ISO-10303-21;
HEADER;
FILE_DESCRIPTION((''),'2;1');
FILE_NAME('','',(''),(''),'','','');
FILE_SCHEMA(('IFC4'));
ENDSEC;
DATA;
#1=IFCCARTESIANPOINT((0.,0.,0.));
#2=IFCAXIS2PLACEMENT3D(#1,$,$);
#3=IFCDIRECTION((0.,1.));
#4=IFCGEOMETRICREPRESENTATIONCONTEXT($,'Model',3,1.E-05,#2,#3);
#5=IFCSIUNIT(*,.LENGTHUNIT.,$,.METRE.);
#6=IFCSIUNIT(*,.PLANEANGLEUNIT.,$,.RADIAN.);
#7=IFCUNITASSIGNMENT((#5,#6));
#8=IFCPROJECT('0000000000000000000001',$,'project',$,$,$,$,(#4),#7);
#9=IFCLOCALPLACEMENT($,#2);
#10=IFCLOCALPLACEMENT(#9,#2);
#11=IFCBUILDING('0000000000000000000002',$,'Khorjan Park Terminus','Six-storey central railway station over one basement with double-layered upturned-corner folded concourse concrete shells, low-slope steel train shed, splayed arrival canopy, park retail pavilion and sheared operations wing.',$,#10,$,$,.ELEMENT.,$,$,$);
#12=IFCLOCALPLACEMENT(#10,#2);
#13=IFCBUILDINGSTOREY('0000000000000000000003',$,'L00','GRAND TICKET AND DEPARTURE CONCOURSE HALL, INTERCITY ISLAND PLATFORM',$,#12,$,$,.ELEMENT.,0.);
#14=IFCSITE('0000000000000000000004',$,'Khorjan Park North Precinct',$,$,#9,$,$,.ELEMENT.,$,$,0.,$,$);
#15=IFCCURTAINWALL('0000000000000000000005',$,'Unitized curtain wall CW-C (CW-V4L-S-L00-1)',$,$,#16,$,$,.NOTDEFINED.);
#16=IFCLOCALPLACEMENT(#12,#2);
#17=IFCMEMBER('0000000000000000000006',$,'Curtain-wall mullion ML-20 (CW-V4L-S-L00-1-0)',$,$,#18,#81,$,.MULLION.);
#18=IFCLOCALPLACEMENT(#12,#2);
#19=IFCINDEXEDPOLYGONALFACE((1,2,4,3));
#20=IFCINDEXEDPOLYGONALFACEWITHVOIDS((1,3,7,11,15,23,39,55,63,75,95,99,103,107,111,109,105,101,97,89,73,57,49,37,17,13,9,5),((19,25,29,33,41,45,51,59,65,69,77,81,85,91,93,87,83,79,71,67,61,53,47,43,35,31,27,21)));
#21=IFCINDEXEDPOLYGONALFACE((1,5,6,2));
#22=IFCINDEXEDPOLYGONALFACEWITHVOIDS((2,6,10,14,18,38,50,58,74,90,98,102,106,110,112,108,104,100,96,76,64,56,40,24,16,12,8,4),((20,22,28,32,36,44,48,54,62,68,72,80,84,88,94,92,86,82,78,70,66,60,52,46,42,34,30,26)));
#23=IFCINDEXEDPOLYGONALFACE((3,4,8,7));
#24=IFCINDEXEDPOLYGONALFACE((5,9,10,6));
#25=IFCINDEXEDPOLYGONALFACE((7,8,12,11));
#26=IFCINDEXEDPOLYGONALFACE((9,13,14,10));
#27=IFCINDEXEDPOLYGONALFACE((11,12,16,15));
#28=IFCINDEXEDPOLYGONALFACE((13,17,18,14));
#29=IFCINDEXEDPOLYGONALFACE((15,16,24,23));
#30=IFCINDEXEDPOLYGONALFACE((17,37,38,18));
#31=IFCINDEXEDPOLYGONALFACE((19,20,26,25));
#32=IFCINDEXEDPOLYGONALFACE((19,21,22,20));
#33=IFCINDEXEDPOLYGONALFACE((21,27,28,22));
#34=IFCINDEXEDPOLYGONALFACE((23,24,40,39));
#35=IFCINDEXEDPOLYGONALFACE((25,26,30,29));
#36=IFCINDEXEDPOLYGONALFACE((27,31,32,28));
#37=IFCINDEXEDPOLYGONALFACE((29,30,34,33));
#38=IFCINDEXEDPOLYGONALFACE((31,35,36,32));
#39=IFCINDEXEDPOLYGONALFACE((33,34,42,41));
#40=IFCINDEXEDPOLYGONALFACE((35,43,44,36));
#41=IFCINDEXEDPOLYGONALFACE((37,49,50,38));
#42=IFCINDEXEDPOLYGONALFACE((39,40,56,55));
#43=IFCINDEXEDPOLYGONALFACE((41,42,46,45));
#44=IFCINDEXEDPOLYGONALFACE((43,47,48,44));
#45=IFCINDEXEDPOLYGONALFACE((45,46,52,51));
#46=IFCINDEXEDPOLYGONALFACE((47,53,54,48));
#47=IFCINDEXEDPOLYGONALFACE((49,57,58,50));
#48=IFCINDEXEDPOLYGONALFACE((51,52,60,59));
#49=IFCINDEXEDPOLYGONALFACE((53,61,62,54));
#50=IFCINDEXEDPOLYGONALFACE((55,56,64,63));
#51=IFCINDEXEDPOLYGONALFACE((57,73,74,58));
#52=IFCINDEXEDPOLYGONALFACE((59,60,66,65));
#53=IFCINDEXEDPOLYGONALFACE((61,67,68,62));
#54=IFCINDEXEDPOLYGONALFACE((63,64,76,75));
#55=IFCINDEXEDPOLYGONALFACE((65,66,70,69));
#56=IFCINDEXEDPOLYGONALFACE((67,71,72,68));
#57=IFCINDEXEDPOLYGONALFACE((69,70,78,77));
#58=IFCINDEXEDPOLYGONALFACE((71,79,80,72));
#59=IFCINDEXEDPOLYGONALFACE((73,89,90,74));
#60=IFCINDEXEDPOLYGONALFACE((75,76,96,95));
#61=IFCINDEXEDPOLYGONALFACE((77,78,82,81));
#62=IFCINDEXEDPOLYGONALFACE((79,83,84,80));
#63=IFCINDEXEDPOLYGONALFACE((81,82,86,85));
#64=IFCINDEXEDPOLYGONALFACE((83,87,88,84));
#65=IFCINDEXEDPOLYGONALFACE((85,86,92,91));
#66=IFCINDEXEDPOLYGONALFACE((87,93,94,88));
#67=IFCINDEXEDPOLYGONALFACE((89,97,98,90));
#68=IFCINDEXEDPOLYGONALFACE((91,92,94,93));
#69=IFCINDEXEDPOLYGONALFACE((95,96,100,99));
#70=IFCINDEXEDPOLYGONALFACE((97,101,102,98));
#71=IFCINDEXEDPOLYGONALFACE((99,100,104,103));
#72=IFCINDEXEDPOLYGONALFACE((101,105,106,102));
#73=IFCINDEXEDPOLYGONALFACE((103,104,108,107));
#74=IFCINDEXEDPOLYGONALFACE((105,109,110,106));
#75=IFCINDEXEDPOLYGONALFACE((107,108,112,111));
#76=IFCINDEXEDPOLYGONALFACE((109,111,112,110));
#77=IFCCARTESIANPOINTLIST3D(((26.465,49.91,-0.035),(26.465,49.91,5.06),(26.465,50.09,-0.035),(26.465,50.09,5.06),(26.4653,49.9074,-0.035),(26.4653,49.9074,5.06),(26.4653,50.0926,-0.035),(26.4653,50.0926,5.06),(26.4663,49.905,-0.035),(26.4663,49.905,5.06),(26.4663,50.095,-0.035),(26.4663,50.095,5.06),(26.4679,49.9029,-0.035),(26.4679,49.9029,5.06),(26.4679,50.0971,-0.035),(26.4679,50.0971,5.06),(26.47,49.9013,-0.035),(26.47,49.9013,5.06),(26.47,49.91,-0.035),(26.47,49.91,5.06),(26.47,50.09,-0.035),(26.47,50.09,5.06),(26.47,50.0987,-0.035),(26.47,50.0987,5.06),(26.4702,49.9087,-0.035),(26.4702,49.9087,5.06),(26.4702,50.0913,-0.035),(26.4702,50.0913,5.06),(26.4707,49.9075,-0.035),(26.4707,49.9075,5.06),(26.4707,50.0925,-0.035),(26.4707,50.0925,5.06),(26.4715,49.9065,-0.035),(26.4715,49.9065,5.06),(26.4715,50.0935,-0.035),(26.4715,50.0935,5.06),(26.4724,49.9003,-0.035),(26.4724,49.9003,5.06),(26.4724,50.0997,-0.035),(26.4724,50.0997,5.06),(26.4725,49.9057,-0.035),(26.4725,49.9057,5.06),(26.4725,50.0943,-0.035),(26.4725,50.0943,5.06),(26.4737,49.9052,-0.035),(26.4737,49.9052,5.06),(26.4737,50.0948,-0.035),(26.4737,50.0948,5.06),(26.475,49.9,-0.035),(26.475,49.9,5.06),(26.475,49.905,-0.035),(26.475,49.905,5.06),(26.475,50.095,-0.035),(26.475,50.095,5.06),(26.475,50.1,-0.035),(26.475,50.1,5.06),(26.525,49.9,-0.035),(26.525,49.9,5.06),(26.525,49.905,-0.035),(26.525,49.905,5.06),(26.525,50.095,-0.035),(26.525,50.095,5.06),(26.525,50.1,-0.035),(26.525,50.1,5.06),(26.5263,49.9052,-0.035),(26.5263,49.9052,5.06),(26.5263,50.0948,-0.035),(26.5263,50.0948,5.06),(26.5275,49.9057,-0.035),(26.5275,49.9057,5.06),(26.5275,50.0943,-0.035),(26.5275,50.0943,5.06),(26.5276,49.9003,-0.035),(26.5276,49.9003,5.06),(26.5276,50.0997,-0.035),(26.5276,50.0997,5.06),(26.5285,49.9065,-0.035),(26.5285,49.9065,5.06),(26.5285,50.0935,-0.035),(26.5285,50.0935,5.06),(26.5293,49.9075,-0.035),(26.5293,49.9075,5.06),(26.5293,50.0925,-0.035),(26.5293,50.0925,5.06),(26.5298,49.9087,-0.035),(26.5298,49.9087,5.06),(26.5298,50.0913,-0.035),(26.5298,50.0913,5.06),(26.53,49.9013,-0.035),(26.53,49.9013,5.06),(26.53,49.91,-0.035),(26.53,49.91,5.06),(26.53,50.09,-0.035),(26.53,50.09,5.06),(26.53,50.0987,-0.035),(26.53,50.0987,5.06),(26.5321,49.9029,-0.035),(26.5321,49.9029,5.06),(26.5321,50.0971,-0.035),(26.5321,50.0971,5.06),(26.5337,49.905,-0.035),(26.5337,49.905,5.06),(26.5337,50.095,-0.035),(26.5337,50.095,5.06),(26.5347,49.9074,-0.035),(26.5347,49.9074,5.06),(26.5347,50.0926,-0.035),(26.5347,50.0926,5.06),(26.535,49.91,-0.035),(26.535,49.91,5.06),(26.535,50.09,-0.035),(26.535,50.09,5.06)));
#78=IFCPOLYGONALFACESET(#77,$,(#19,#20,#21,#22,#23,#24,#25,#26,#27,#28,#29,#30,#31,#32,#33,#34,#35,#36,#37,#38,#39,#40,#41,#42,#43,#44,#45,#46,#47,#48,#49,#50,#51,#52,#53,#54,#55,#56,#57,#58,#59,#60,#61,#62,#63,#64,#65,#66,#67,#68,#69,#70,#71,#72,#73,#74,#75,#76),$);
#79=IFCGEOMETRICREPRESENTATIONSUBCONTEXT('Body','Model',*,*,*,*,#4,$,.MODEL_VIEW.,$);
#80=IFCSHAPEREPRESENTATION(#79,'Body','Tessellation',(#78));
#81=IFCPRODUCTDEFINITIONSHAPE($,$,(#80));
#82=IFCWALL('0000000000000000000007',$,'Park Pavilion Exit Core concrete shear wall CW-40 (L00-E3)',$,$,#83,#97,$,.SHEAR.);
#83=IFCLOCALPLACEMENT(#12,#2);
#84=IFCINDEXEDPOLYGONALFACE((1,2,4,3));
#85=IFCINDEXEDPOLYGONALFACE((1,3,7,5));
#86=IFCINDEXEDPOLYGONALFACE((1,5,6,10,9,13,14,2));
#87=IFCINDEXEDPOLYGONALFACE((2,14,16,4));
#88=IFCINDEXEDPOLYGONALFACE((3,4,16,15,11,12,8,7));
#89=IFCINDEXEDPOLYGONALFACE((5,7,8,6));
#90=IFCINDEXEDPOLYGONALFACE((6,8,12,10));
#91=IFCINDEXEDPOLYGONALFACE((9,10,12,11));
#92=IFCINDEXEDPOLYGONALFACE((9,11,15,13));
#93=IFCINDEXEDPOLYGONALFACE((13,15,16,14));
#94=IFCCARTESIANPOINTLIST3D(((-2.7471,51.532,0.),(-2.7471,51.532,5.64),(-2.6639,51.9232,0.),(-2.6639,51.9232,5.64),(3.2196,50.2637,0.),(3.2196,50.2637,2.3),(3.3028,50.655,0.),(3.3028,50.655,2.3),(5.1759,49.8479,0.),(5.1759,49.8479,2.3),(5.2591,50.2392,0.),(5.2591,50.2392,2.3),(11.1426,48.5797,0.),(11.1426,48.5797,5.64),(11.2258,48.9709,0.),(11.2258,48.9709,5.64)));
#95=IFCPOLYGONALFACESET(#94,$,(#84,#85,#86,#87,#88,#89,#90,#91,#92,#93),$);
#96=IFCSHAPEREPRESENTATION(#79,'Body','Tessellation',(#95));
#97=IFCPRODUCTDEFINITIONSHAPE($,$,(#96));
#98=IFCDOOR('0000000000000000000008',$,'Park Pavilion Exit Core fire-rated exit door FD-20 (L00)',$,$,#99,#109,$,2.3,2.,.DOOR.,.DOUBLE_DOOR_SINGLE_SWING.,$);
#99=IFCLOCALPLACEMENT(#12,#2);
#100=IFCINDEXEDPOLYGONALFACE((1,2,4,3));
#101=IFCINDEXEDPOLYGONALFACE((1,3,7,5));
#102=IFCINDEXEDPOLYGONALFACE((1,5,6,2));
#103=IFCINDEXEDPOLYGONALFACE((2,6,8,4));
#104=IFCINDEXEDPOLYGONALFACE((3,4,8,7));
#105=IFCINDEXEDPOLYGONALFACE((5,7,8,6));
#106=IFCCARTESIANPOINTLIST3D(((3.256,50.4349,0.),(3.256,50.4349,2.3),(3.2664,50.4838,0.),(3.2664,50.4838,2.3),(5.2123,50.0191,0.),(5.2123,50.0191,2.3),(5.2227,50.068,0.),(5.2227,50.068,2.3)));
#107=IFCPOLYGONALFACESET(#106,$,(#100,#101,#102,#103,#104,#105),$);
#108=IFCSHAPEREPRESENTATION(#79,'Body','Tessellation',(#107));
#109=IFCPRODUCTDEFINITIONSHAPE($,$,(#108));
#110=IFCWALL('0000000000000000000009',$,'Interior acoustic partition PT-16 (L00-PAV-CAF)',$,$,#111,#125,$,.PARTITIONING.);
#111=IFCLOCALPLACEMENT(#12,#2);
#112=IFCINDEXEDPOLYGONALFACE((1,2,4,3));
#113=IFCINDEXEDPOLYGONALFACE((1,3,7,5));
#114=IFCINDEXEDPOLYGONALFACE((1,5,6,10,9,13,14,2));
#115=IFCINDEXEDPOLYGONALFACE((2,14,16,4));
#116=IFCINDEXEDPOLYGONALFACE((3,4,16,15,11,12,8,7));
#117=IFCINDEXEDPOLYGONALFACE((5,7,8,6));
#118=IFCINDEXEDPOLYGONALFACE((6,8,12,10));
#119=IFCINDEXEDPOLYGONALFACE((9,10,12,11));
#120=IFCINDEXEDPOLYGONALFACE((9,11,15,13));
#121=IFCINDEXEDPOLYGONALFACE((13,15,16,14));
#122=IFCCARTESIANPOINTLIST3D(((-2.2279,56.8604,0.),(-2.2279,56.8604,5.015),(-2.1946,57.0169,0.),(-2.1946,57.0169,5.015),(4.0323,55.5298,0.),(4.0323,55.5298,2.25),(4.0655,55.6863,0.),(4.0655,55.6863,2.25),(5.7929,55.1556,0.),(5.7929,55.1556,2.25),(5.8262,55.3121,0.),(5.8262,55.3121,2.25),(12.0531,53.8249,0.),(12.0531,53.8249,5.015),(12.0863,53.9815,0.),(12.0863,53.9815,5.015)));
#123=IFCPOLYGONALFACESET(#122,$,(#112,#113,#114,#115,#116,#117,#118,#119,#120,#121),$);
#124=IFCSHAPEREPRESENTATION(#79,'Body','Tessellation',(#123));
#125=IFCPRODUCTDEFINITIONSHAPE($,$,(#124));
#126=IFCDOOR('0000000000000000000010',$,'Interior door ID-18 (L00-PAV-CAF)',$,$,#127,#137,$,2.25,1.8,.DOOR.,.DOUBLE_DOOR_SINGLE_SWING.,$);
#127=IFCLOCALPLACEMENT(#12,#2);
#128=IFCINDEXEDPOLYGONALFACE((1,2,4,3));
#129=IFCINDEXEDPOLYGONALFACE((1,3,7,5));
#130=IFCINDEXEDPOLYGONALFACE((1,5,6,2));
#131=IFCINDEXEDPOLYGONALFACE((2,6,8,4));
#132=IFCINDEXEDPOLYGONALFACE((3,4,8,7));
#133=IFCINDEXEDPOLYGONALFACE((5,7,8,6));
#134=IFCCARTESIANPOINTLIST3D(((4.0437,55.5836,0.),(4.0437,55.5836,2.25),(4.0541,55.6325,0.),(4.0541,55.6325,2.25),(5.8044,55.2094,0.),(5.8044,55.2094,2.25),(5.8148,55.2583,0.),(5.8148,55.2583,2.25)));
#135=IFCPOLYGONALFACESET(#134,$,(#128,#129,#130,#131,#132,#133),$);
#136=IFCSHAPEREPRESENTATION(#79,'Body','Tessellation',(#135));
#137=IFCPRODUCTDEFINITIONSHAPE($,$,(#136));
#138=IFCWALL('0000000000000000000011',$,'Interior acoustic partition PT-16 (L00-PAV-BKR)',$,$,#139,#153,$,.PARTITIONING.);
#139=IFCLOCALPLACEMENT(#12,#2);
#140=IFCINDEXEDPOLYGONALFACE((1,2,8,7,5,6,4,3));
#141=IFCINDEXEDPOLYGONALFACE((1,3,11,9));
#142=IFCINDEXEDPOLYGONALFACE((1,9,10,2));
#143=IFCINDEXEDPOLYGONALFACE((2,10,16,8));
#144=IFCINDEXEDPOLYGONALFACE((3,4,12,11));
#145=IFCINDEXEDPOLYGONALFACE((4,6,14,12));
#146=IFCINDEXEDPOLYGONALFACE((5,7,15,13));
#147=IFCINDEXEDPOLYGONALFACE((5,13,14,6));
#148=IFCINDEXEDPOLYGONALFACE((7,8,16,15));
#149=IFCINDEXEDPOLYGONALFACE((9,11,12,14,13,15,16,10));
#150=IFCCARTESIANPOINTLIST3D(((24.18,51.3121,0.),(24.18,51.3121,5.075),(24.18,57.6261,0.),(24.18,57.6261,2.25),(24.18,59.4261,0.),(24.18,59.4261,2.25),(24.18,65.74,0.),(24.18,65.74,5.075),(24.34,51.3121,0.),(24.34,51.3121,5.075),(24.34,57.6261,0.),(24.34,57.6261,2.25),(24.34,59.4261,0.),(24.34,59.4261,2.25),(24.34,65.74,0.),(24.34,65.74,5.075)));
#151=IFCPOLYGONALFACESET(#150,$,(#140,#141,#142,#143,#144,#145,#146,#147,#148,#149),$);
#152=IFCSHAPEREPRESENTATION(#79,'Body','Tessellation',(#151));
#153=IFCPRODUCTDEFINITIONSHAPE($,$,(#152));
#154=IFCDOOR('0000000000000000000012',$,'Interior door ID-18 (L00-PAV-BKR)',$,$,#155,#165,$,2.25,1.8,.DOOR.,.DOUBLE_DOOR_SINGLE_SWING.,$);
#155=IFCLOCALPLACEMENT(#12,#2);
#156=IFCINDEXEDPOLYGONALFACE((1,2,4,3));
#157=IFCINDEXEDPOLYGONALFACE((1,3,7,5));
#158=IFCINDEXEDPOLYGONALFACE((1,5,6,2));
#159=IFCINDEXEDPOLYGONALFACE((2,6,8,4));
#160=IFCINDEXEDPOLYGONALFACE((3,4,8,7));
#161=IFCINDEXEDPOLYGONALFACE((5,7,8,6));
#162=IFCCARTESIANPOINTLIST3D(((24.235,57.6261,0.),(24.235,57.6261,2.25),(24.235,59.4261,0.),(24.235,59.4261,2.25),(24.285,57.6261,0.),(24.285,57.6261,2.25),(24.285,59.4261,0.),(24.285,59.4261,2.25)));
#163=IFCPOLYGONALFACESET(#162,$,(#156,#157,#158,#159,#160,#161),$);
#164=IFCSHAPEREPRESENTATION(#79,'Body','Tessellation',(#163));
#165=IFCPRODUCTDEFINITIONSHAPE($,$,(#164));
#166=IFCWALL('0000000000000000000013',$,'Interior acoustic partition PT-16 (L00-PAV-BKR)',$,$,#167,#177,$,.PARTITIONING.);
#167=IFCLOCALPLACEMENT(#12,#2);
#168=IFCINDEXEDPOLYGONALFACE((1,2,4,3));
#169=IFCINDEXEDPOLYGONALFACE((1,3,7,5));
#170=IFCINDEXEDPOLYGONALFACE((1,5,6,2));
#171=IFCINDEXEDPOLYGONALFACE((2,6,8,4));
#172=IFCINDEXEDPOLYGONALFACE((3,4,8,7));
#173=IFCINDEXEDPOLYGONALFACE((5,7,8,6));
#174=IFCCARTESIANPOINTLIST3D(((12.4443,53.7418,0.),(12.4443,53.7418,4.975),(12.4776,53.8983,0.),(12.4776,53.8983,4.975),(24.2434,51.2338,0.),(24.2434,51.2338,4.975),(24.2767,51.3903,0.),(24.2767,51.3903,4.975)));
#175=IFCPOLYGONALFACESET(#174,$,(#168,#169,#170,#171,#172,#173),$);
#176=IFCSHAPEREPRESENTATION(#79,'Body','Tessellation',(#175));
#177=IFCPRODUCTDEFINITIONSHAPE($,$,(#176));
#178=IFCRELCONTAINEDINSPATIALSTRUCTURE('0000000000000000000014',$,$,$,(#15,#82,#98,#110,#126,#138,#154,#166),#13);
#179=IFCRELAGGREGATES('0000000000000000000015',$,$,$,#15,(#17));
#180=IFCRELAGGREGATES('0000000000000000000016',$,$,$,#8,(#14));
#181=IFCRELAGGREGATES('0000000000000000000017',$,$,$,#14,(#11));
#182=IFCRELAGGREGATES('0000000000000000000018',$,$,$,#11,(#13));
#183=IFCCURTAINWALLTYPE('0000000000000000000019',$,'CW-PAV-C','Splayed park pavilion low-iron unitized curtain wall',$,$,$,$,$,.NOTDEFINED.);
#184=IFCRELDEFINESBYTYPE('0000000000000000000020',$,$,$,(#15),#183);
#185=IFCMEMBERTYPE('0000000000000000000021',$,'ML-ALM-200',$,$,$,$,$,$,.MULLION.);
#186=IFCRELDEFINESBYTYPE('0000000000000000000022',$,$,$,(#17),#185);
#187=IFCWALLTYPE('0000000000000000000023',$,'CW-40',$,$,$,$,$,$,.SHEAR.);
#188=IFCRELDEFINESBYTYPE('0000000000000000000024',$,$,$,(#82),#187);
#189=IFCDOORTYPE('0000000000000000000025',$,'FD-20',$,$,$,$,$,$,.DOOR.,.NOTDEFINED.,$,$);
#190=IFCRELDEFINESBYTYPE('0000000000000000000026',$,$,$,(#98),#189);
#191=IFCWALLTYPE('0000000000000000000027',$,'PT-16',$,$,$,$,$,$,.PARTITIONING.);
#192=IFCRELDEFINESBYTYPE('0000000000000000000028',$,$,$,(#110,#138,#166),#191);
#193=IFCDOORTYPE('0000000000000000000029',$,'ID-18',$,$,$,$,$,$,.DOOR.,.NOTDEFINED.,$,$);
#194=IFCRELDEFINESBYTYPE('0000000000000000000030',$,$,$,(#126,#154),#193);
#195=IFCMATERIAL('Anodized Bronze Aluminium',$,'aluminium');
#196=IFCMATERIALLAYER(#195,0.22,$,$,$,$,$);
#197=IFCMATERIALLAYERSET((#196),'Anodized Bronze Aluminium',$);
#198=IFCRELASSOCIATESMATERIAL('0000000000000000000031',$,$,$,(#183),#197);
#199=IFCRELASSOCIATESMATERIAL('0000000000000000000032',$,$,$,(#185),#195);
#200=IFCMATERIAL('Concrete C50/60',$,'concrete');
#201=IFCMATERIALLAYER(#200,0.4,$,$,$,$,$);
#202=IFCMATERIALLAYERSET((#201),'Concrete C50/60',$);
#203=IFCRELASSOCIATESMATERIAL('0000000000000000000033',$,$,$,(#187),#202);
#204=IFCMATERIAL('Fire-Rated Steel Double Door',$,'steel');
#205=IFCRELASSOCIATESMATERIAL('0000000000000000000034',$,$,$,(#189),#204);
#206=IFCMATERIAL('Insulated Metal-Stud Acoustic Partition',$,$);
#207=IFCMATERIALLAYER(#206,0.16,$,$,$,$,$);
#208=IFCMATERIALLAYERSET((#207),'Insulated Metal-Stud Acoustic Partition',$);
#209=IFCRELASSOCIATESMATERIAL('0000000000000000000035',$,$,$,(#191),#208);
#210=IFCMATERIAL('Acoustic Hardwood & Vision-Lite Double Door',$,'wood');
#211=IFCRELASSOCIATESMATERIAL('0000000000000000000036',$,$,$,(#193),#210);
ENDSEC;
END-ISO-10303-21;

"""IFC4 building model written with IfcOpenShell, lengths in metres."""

from ifc_helpers import new_model, si_unit, direction, frame, frame_2d, origin, origin_2d, place, context, subcontext, project, spatial, rectangle, hollow_rectangle, extrude, material, layer, layer_set, material_profile, profile_set, type_object, element, fill, aggregate, save


model = new_model("IFC4")

# Units and contexts
model_context = context("Model", 3, precision=1e-05, world=origin(), true_north=direction((0.0, 1.0)))
body_context = subcontext(model_context, "Body", "Model", "MODEL_VIEW")
ifc_project = project(units=[si_unit("LENGTHUNIT", "METRE"), si_unit("PLANEANGLEUNIT", "RADIAN")], contexts=[model_context])

# Site, building, storey
site_placement = place(None, origin())
site = spatial("IfcSite", under=ifc_project, at=site_placement, Name="Khorjan Park North Precinct", CompositionType="ELEMENT", RefElevation=0.0)
building_placement = place(site_placement, origin())
building = spatial("IfcBuilding", under=site, at=building_placement, Name="Khorjan Park Terminus", Description="Six-storey central railway station over one basement with double-layered upturned-corner folded concourse concrete shells, low-slope steel train shed, splayed arrival canopy, park retail pavilion and sheared operations wing.", CompositionType="ELEMENT")
storey_placement = place(building_placement, origin())
storey = spatial("IfcBuildingStorey", under=building, at=storey_placement, Name="L00", Description="GRAND TICKET AND DEPARTURE CONCOURSE HALL, INTERCITY ISLAND PLATFORM", CompositionType="ELEMENT", Elevation=0.0)

# Curtain wall, member
ifc_material_1 = material(Name="Anodized Bronze Aluminium", Category="aluminium")
ifc_layer_1 = layer(ifc_material_1, 0.22)
ifc_layer_set_1 = layer_set([ifc_layer_1], Name="Anodized Bronze Aluminium")
curtain_wall_type = type_object("IfcCurtainWallType", Name="CW-PAV-C", Description="Splayed park pavilion low-iron unitized curtain wall", PredefinedType="NOTDEFINED", material=ifc_layer_set_1)
curtain_wall_placement = place(storey_placement, origin())
curtain_wall = element("IfcCurtainWall", 1, at=curtain_wall_placement, inside=storey, type_object=curtain_wall_type, Name="Unitized curtain wall CW-C (CW-V4L-S-L00-1)", PredefinedType="NOTDEFINED")
ifc_material_profile_1 = material_profile(ifc_material_1, hollow_rectangle(XDim=0.07, YDim=0.2, WallThickness=0.005, InnerFilletRadius=0.005, OuterFilletRadius=0.01, at=origin_2d()), Name="ALM 70x200x5")
ifc_profile_set_1 = profile_set([ifc_material_profile_1], Name="Anodized Bronze Aluminium")
member_type = type_object("IfcMemberType", Name="ML-ALM-200", PredefinedType="MULLION", material=ifc_profile_set_1)
member_placement = place(storey_placement, frame((26.5, 50.0, -0.035), z_axis=(0.0, 0.0, 1.0), x_axis=(1.0, 0.0, 0.0)))
member = element("IfcMember", 2, at=member_placement, type_object=member_type, Name="Curtain-wall mullion ML-20 (CW-V4L-S-L00-1-0)", PredefinedType="MULLION", context=body_context, shape_type="SweptSolid", body=[
    extrude(hollow_rectangle(XDim=0.07, YDim=0.2, WallThickness=0.005, InnerFilletRadius=0.005, OuterFilletRadius=0.01, at=origin_2d()), origin(), (0.0, 0.0, 1.0), 5.095),
])
aggregate(curtain_wall, [member])

# Walls, openings, doors
ifc_material_2 = material(Name="Concrete C50/60", Category="concrete")
ifc_layer_2 = layer(ifc_material_2, 0.4)
ifc_layer_set_2 = layer_set([ifc_layer_2], Name="Concrete C50/60")
wall_type_1 = type_object("IfcWallType", Name="CW-40", PredefinedType="SHEAR", material=ifc_layer_set_2)
wall_1_placement = place(storey_placement, frame((11.1842, 48.7753, 0.0), z_axis=(0.0, 0.0, 1.0), x_axis=(-0.978148, 0.207909, 0.0)))
wall_1 = element("IfcWall", 3, at=wall_1_placement, inside=storey, type_object=wall_type_1, Name="Park Pavilion Exit Core concrete shear wall CW-40 (L00-E3)", PredefinedType="SHEAR", context=body_context, shape_type="SweptSolid", body=[
    extrude(rectangle(XDim=14.2, YDim=0.4, at=frame_2d((7.1, 0.0))), origin(), (0.0, 0.0, 1.0), 5.64),
])
opening_1_placement = place(wall_1_placement, frame((6.1, 0.0, 0.0)))
opening_1 = element("IfcOpeningElement", 4, at=opening_1_placement, cuts=wall_1, PredefinedType="OPENING", context=body_context, shape_type="SweptSolid", body=[
    extrude(rectangle(XDim=2.0, YDim=2.3, at=frame_2d((1.0, 1.15))), frame((0.0, 0.21, 0.0), z_axis=(0.0, -1.0, 0.0), x_axis=(1.0, 0.0, 0.0)), (0.0, 0.0, 1.0), 0.42),
])
ifc_material_3 = material(Name="Fire-Rated Steel Double Door", Category="steel")
door_type_1 = type_object("IfcDoorType", Name="FD-20", OperationType="NOTDEFINED", PredefinedType="DOOR", material=ifc_material_3)
door_1_placement = place(opening_1_placement, origin())
door_1 = element("IfcDoor", 5, at=door_1_placement, inside=storey, type_object=door_type_1, Name="Park Pavilion Exit Core fire-rated exit door FD-20 (L00)", OperationType="DOUBLE_DOOR_SINGLE_SWING", OverallHeight=2.3, OverallWidth=2.0, PredefinedType="DOOR", context=body_context, shape_type="SweptSolid", body=[
    extrude(rectangle(XDim=2.0, YDim=2.3, at=frame_2d((1.0, 1.15))), frame((0.0, 0.025, 0.0), z_axis=(0.0, -1.0, 0.0), x_axis=(1.0, 0.0, 0.0)), (0.0, 0.0, 1.0), 0.05),
])
fill(opening_1, door_1)
ifc_material_4 = material(Name="Insulated Metal-Stud Acoustic Partition")
ifc_layer_3 = layer(ifc_material_4, 0.16)
ifc_layer_set_3 = layer_set([ifc_layer_3], Name="Insulated Metal-Stud Acoustic Partition")
wall_type_2 = type_object("IfcWallType", Name="PT-16", PredefinedType="PARTITIONING", material=ifc_layer_set_3)
wall_2_placement = place(storey_placement, frame((12.0697, 53.9032, 0.0), z_axis=(0.0, 0.0, 1.0), x_axis=(-0.978148, 0.20791, 0.0)))
wall_2 = element("IfcWall", 6, at=wall_2_placement, inside=storey, type_object=wall_type_2, Name="Interior acoustic partition PT-16 (L00-PAV-CAF)", PredefinedType="PARTITIONING", context=body_context, shape_type="SweptSolid", body=[
    extrude(rectangle(XDim=14.6, YDim=0.16, at=frame_2d((7.3, 0.0))), origin(), (0.0, 0.0, 1.0), 5.015),
])
opening_2_placement = place(wall_2_placement, frame((6.4, 0.0, 0.0)))
opening_2 = element("IfcOpeningElement", 7, at=opening_2_placement, cuts=wall_2, PredefinedType="OPENING", context=body_context, shape_type="SweptSolid", body=[
    extrude(rectangle(XDim=1.8, YDim=2.25, at=frame_2d((0.9, 1.125))), frame((0.0, 0.09, 0.0), z_axis=(0.0, -1.0, 0.0), x_axis=(1.0, 0.0, 0.0)), (0.0, 0.0, 1.0), 0.18),
])
ifc_material_5 = material(Name="Acoustic Hardwood & Vision-Lite Double Door", Category="wood")
door_type_2 = type_object("IfcDoorType", Name="ID-18", OperationType="NOTDEFINED", PredefinedType="DOOR", material=ifc_material_5)
door_2_placement = place(opening_2_placement, origin())
door_2 = element("IfcDoor", 8, at=door_2_placement, inside=storey, type_object=door_type_2, Name="Interior door ID-18 (L00-PAV-CAF)", OperationType="DOUBLE_DOOR_SINGLE_SWING", OverallHeight=2.25, OverallWidth=1.8, PredefinedType="DOOR", context=body_context, shape_type="SweptSolid", body=[
    extrude(rectangle(XDim=1.8, YDim=2.25, at=frame_2d((0.9, 1.125))), frame((0.0, 0.025, 0.0), z_axis=(0.0, -1.0, 0.0), x_axis=(1.0, 0.0, 0.0)), (0.0, 0.0, 1.0), 0.05),
])
fill(opening_2, door_2)
wall_3_placement = place(storey_placement, frame((24.26, 65.74, 0.0), z_axis=(0.0, 0.0, 1.0), x_axis=(0.0, -1.0, 0.0)))
wall_3 = element("IfcWall", 9, at=wall_3_placement, inside=storey, type_object=wall_type_2, Name="Interior acoustic partition PT-16 (L00-PAV-BKR)", PredefinedType="PARTITIONING", context=body_context, shape_type="SweptSolid", body=[
    extrude(rectangle(XDim=14.4279, YDim=0.16, at=frame_2d((7.2139, 0.0))), origin(), (0.0, 0.0, 1.0), 5.075),
])
opening_3_placement = place(wall_3_placement, frame((6.3139, 0.0, 0.0)))
opening_3 = element("IfcOpeningElement", 10, at=opening_3_placement, cuts=wall_3, PredefinedType="OPENING", context=body_context, shape_type="SweptSolid", body=[
    extrude(rectangle(XDim=1.8, YDim=2.25, at=frame_2d((0.9, 1.125))), frame((0.0, 0.09, 0.0), z_axis=(0.0, -1.0, 0.0), x_axis=(1.0, 0.0, 0.0)), (0.0, 0.0, 1.0), 0.18),
])
door_3_placement = place(opening_3_placement, origin())
door_3 = element("IfcDoor", 11, at=door_3_placement, inside=storey, type_object=door_type_2, Name="Interior door ID-18 (L00-PAV-BKR)", OperationType="DOUBLE_DOOR_SINGLE_SWING", OverallHeight=2.25, OverallWidth=1.8, PredefinedType="DOOR", context=body_context, shape_type="SweptSolid", body=[
    extrude(rectangle(XDim=1.8, YDim=2.25, at=frame_2d((0.9, 1.125))), frame((0.0, 0.025, 0.0), z_axis=(0.0, -1.0, 0.0), x_axis=(1.0, 0.0, 0.0)), (0.0, 0.0, 1.0), 0.05),
])
fill(opening_3, door_3)

# Wall
wall_4_placement = place(storey_placement, frame((24.26, 51.3121, 0.0), z_axis=(0.0, 0.0, 1.0), x_axis=(-0.978147, 0.207914, 0.0)))
element("IfcWall", 12, at=wall_4_placement, inside=storey, type_object=wall_type_2, Name="Interior acoustic partition PT-16 (L00-PAV-BKR)", PredefinedType="PARTITIONING", context=body_context, shape_type="SweptSolid", body=[
    extrude(rectangle(XDim=12.0627, YDim=0.16, at=frame_2d((6.0313, 0.0))), origin(), (0.0, 0.0, 1.0), 4.975),
])

save(model, "model.ifc")
